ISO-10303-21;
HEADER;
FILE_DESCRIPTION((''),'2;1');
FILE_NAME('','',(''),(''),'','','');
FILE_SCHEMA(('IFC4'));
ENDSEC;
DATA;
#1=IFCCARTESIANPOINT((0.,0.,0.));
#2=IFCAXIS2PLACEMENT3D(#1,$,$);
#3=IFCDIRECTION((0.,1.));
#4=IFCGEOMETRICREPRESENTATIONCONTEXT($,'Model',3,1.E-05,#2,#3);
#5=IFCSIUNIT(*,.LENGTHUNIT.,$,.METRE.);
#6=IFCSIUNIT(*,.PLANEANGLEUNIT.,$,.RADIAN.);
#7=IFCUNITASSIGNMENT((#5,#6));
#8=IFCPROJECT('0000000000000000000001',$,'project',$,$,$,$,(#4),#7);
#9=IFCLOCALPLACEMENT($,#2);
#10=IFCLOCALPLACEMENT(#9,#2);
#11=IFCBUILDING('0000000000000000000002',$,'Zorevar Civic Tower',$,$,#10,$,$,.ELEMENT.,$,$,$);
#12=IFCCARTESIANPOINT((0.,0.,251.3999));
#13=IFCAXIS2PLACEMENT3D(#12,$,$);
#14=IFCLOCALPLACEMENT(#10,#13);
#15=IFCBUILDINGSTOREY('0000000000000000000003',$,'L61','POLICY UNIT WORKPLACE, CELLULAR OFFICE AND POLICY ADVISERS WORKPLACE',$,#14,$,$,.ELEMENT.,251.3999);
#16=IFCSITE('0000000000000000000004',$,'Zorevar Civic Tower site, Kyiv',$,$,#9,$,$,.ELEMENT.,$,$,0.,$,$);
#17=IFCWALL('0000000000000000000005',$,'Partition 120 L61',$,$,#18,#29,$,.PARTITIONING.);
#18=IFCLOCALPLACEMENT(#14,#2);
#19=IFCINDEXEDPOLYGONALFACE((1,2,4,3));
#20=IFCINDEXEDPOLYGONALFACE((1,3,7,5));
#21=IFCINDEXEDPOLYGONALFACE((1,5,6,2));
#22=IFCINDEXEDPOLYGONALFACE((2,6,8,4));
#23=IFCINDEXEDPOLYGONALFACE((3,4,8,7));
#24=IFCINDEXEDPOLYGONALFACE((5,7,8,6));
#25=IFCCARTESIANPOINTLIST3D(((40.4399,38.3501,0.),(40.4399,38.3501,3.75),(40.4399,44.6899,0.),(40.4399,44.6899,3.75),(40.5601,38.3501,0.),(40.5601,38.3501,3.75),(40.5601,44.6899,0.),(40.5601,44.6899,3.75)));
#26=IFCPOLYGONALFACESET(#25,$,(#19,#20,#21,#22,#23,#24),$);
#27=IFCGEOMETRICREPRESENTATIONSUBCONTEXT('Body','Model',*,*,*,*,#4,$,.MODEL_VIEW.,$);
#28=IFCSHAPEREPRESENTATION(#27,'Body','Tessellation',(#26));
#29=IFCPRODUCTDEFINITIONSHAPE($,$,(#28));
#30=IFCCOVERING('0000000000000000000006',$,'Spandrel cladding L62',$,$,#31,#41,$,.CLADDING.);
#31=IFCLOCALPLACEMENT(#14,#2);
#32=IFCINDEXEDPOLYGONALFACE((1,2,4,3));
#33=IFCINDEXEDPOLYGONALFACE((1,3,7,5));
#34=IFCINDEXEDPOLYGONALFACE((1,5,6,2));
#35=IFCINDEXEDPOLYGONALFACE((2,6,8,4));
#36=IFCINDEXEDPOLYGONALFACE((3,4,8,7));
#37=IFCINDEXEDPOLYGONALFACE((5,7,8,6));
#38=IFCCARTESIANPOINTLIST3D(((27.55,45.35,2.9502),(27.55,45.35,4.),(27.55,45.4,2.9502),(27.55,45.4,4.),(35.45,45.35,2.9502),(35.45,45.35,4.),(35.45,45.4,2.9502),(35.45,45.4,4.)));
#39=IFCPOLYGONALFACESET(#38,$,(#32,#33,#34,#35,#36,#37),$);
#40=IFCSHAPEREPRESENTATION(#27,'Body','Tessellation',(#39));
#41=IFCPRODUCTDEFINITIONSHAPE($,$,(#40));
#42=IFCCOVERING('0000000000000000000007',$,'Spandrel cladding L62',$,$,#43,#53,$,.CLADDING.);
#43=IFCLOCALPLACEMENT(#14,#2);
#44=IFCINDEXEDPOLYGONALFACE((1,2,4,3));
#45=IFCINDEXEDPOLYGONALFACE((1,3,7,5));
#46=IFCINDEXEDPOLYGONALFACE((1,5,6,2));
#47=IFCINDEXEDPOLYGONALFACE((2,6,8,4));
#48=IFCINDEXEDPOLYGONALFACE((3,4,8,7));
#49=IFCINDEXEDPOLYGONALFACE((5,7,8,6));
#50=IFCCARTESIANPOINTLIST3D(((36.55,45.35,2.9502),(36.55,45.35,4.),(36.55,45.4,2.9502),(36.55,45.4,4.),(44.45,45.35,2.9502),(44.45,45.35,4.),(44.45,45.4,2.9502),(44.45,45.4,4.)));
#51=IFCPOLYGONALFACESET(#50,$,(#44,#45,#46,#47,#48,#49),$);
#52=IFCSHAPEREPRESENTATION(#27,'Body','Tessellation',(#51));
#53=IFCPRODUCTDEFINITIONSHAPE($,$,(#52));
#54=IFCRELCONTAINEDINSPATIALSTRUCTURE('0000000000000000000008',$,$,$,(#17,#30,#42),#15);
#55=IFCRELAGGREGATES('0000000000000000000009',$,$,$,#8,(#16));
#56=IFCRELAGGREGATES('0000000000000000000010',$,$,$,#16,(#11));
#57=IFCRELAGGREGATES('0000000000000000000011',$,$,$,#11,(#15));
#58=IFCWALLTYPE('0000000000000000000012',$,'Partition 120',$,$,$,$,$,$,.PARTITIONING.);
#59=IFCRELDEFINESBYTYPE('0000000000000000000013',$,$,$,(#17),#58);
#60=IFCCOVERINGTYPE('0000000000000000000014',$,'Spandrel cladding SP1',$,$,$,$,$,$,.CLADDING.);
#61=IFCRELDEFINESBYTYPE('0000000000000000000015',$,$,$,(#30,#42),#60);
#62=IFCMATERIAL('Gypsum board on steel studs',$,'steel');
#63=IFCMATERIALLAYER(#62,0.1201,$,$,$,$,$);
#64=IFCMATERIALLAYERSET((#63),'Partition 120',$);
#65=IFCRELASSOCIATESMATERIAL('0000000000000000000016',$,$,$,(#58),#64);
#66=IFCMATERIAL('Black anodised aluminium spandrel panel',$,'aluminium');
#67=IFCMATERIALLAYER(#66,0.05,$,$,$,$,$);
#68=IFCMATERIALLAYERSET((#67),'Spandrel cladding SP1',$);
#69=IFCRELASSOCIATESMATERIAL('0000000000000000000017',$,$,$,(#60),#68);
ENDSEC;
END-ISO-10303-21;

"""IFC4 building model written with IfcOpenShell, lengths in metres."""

from ifc_helpers import new_model, si_unit, direction, frame, frame_2d, origin, place, context, subcontext, project, spatial, rectangle, extrude, material, layer, layer_set, type_object, element, save


model = new_model("IFC4")

# Units and contexts
model_context = context("Model", 3, precision=1e-05, world=origin(), true_north=direction((0.0, 1.0)))
body_context = subcontext(model_context, "Body", "Model", "MODEL_VIEW")
ifc_project = project(units=[si_unit("LENGTHUNIT", "METRE"), si_unit("PLANEANGLEUNIT", "RADIAN")], contexts=[model_context])

# Site, building, storey
site_placement = place(None, origin())
site = spatial("IfcSite", under=ifc_project, at=site_placement, Name="Zorevar Civic Tower site, Kyiv", CompositionType="ELEMENT", RefElevation=0.0)
building_placement = place(site_placement, origin())
building = spatial("IfcBuilding", under=site, at=building_placement, Name="Zorevar Civic Tower", CompositionType="ELEMENT")
storey_placement = place(building_placement, frame((0.0, 0.0, 251.3999)))
storey = spatial("IfcBuildingStorey", under=building, at=storey_placement, Name="L61", Description="POLICY UNIT WORKPLACE, CELLULAR OFFICE AND POLICY ADVISERS WORKPLACE", CompositionType="ELEMENT", Elevation=251.3999)

# Shared definitions
ifc_material_1 = material(Name="Gypsum board on steel studs", Category="steel")
ifc_layer_1 = layer(ifc_material_1, 0.1201)
ifc_layer_set_1 = layer_set([ifc_layer_1], Name="Partition 120")
wall_type = type_object("IfcWallType", Name="Partition 120", PredefinedType="PARTITIONING", material=ifc_layer_set_1)

# Wall
wall_1_placement = place(storey_placement, frame((40.5, 38.3501, 0.0), z_axis=(0.0, 0.0, 1.0), x_axis=(0.0, 1.0, 0.0)))
element("IfcWall", 1, at=wall_1_placement, inside=storey, type_object=wall_type, Name="Partition 120 L61", PredefinedType="PARTITIONING", context=body_context, shape_type="SweptSolid", body=[
    extrude(rectangle(XDim=6.3398, YDim=0.1201, at=frame_2d((3.1699, 0.0))), origin(), (0.0, 0.0, 1.0), 3.75),
])

# Coverings
ifc_material_2 = material(Name="Black anodised aluminium spandrel panel", Category="aluminium")
ifc_layer_2 = layer(ifc_material_2, 0.05)
ifc_layer_set_2 = layer_set([ifc_layer_2], Name="Spandrel cladding SP1")
covering_type = type_object("IfcCoveringType", Name="Spandrel cladding SP1", PredefinedType="CLADDING", material=ifc_layer_set_2)
for number, where, z_axis, x_axis, name in (
    (2, (27.55, 45.375, 2.9502), (0.0, 0.0, 1.0), (1.0, 0.0, 0.0), "Spandrel cladding L62"),
    (3, (36.55, 45.375, 2.9502), (0.0, 0.0, 1.0), (1.0, 0.0, 0.0), "Spandrel cladding L62"),
):
    element("IfcCovering", number, at=place(storey_placement, frame(where, z_axis=z_axis, x_axis=x_axis)), inside=storey, type_object=covering_type, Name=name, PredefinedType="CLADDING", context=body_context, shape_type="SweptSolid", body=[
        extrude(rectangle(XDim=7.8999, YDim=0.05, at=frame_2d((3.95, 0.0))), origin(), (0.0, 0.0, 1.0), 1.0498),
    ])

save(model, "model.ifc")
